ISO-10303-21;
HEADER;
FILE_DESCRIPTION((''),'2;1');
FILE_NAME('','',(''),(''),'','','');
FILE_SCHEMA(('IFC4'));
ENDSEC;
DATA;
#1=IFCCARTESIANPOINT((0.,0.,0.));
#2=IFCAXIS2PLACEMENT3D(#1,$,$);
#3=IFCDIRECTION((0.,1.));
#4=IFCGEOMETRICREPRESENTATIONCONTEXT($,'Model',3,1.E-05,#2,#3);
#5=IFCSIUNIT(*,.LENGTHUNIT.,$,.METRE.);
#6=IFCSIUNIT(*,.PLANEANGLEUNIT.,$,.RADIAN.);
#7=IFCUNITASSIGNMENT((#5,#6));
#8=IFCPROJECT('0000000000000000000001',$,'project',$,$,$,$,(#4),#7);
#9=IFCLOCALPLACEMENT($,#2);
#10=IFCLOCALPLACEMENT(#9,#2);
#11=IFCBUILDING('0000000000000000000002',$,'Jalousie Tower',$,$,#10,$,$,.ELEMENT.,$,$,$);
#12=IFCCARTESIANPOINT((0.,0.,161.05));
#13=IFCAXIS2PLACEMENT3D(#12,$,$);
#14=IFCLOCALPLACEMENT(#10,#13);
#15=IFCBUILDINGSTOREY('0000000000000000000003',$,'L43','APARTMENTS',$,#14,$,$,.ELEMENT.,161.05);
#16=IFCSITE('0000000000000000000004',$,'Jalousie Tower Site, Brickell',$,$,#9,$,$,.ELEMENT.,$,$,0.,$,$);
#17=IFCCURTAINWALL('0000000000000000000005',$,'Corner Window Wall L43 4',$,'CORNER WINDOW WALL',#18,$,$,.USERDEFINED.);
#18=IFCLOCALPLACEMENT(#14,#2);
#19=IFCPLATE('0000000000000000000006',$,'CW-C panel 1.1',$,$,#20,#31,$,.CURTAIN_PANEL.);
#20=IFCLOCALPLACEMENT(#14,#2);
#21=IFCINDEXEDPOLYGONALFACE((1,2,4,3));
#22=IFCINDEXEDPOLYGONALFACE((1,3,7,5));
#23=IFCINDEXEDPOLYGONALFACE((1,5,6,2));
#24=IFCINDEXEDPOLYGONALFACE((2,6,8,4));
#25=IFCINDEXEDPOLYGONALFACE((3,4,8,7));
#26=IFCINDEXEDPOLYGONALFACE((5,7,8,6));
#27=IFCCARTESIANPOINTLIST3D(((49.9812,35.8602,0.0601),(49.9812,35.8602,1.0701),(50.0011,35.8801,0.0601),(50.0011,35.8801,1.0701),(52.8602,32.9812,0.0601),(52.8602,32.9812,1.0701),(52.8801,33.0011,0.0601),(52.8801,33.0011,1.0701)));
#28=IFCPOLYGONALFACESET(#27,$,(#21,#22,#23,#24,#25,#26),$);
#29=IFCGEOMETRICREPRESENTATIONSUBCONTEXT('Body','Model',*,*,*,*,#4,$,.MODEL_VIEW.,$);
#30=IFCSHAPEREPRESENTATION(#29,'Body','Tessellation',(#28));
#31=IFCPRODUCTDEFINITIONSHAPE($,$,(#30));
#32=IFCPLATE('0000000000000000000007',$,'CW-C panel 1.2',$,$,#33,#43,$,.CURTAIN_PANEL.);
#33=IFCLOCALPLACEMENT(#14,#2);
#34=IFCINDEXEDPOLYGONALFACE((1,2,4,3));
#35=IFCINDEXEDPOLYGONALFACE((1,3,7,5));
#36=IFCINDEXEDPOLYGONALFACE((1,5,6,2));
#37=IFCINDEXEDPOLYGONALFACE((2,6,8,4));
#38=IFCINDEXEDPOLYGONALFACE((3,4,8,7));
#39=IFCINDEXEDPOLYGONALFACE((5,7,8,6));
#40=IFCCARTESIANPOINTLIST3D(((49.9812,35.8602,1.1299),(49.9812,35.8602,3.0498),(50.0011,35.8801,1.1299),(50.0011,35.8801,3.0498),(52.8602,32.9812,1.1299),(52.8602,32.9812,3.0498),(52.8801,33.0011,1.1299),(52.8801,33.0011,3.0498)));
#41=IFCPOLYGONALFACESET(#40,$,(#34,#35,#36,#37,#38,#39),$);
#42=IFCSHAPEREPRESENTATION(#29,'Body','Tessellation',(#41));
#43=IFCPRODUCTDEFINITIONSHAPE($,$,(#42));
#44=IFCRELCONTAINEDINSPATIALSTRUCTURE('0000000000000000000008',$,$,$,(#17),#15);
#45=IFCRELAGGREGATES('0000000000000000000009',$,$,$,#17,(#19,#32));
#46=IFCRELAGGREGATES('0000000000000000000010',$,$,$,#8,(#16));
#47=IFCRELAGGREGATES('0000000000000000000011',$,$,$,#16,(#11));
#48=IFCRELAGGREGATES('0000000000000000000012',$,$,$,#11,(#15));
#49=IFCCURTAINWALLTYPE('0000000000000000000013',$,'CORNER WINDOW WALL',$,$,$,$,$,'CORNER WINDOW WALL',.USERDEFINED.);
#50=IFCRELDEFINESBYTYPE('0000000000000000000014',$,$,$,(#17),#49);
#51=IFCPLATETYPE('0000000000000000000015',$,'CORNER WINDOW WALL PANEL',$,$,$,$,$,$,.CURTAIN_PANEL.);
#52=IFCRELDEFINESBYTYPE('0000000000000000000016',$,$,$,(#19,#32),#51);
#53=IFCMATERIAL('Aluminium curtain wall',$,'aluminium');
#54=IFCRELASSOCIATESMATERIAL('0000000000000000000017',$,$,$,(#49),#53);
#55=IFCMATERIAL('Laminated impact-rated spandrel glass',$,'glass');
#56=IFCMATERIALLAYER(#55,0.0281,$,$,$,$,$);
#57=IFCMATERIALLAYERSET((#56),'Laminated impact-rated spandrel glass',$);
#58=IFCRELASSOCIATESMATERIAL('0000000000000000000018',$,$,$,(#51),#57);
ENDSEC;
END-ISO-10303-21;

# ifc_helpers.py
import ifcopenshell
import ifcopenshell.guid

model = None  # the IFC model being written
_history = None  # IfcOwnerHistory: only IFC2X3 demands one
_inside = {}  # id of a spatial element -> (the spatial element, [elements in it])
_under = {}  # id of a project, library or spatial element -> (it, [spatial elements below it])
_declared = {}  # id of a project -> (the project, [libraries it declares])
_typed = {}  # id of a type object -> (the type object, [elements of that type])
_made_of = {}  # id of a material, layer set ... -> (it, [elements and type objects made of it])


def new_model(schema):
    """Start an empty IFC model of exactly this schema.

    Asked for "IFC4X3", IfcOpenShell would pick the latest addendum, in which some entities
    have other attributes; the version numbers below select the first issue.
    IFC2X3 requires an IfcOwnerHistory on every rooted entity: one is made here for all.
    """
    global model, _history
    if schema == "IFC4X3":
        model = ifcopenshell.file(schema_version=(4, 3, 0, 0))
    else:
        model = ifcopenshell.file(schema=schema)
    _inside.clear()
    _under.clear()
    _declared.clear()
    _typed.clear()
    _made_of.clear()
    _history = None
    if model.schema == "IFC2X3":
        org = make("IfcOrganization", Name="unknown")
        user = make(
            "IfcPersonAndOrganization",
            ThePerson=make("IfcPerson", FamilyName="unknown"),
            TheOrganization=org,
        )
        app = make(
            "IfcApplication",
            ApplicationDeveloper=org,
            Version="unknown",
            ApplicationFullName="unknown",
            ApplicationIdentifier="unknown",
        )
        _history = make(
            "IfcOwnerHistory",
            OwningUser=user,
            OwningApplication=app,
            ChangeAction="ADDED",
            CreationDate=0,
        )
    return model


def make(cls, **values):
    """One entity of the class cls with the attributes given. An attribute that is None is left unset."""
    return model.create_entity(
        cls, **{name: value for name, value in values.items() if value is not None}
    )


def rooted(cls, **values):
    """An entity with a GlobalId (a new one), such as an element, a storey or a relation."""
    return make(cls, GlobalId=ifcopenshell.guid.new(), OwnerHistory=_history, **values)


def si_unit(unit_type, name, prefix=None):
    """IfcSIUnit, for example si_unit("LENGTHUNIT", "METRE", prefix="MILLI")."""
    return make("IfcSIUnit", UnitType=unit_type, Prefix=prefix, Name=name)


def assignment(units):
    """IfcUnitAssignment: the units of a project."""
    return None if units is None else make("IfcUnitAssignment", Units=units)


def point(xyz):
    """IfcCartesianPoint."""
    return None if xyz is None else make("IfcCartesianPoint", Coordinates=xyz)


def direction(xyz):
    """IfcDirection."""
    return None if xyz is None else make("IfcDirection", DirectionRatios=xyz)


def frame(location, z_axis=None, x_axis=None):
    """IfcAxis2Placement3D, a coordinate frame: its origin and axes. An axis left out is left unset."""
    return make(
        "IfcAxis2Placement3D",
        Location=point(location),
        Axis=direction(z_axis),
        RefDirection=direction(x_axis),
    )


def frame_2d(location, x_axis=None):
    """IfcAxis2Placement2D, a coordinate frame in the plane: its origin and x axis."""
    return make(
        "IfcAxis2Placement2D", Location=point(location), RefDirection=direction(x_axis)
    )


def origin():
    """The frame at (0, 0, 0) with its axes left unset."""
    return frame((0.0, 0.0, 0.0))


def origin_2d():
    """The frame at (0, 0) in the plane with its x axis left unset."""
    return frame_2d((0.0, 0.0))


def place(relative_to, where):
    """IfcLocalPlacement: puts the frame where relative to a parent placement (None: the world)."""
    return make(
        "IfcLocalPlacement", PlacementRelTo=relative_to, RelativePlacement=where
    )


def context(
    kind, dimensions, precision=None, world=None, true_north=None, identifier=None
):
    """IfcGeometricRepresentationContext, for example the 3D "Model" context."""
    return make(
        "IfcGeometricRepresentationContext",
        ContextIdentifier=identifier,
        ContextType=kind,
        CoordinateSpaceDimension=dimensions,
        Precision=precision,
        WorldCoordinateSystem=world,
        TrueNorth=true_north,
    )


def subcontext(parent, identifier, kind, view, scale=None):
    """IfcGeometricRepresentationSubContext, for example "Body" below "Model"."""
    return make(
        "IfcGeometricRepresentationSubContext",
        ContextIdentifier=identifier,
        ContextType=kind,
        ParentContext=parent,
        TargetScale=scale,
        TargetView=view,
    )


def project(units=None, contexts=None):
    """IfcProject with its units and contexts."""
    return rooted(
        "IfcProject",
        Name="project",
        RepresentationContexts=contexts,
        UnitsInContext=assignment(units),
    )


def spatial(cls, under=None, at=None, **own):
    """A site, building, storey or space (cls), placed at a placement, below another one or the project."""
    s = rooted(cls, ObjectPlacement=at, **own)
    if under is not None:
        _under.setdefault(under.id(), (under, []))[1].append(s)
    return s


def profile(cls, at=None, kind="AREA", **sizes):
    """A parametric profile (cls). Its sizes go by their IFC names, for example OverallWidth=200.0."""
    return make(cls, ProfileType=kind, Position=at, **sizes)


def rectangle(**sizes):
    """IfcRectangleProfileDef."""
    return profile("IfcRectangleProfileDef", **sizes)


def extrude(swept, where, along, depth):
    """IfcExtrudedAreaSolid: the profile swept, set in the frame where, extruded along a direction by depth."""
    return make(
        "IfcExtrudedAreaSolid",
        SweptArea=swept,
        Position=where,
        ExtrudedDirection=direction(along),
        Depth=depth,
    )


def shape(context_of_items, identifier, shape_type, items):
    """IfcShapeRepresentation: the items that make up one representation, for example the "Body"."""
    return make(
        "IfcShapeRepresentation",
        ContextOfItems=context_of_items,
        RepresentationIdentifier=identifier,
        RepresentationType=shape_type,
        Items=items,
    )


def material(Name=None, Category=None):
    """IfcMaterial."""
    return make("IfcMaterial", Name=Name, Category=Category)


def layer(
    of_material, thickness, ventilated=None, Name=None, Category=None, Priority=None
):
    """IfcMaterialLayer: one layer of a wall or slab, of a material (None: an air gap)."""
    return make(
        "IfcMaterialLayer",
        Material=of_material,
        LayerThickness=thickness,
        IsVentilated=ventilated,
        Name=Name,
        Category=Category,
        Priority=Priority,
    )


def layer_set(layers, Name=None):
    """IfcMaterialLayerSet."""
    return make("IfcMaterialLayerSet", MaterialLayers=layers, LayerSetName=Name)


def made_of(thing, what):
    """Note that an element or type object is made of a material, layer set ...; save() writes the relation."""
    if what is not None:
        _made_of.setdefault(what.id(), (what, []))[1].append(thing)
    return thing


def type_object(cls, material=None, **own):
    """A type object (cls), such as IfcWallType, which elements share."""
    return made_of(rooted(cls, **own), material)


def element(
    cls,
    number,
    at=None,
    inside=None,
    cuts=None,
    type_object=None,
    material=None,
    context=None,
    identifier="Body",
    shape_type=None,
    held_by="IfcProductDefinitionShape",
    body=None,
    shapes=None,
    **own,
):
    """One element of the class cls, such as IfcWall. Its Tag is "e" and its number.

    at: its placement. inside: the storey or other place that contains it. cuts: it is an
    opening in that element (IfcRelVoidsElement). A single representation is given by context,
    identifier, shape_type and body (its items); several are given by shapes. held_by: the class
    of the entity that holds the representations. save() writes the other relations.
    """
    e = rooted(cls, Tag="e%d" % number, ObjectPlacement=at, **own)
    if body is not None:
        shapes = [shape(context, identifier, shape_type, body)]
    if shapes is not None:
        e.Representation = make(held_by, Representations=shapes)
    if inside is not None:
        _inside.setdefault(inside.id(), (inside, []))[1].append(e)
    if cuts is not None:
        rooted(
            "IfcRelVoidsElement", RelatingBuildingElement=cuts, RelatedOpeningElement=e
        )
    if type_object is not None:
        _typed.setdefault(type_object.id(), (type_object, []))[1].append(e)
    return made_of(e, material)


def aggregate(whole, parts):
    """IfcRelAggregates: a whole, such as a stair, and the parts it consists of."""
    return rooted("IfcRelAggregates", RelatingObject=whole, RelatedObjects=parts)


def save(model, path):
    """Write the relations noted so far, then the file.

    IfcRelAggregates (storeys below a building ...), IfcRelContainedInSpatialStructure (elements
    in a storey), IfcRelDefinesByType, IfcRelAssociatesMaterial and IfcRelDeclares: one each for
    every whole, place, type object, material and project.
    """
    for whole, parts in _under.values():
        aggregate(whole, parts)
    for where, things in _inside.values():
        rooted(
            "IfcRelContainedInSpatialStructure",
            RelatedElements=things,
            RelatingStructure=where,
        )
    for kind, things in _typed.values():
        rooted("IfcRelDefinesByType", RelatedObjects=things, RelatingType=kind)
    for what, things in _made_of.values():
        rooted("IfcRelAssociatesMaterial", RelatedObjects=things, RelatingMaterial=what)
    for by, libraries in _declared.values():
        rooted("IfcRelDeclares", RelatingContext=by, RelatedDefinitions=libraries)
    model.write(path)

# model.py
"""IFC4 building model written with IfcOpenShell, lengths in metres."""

from ifc_helpers import new_model, si_unit, direction, frame, origin, origin_2d, place, context, subcontext, project, spatial, rectangle, extrude, material, layer, layer_set, type_object, element, aggregate, save


model = new_model("IFC4")

# Units and contexts
model_context = context("Model", 3, precision=1e-05, world=origin(), true_north=direction((0.0, 1.0)))
body_context = subcontext(model_context, "Body", "Model", "MODEL_VIEW")
ifc_project = project(units=[si_unit("LENGTHUNIT", "METRE"), si_unit("PLANEANGLEUNIT", "RADIAN")], contexts=[model_context])

# Site, building, storey
site_placement = place(None, origin())
site = spatial("IfcSite", under=ifc_project, at=site_placement, Name="Jalousie Tower Site, Brickell", CompositionType="ELEMENT", RefElevation=0.0)
building_placement = place(site_placement, origin())
building = spatial("IfcBuilding", under=site, at=building_placement, Name="Jalousie Tower", CompositionType="ELEMENT")
storey_placement = place(building_placement, frame((0.0, 0.0, 161.05)))
storey = spatial("IfcBuildingStorey", under=building, at=storey_placement, Name="L43", Description="APARTMENTS", CompositionType="ELEMENT", Elevation=161.05)

# Curtain wall
ifc_material_1 = material(Name="Aluminium curtain wall", Category="aluminium")
curtain_wall_type_1 = type_object("IfcCurtainWallType", Name="CORNER WINDOW WALL", ElementType="CORNER WINDOW WALL", PredefinedType="USERDEFINED", material=ifc_material_1)
curtain_wall_1_placement = place(storey_placement, origin())
curtain_wall_1 = element("IfcCurtainWall", 1, at=curtain_wall_1_placement, inside=storey, type_object=curtain_wall_type_1, Name="Corner Window Wall L43 4", ObjectType="CORNER WINDOW WALL", PredefinedType="USERDEFINED")

# Plates
ifc_material_2 = material(Name="Laminated impact-rated spandrel glass", Category="glass")
ifc_layer = layer(ifc_material_2, 0.0281)
ifc_layer_set = layer_set([ifc_layer], Name="Laminated impact-rated spandrel glass")
plate_type = type_object("IfcPlateType", Name="CORNER WINDOW WALL PANEL", PredefinedType="CURTAIN_PANEL", material=ifc_layer_set)
plate_1_placement = place(storey_placement, frame((51.4307, 34.4307, 0.0601), z_axis=(0.0, 0.0, 1.0), x_axis=(-0.707107, 0.707107, 0.0)))
plate_1 = element("IfcPlate", 2, at=plate_1_placement, type_object=plate_type, Name="CW-C panel 1.1", PredefinedType="CURTAIN_PANEL", context=body_context, shape_type="SweptSolid", body=[
    extrude(rectangle(XDim=4.0715, YDim=0.0281, at=origin_2d()), origin(), (0.0, 0.0, 1.0), 1.01),
])
plate_2_placement = place(storey_placement, frame((51.4307, 34.4307, 1.1299), z_axis=(0.0, 0.0, 1.0), x_axis=(-0.707107, 0.707107, 0.0)))
plate_2 = element("IfcPlate", 3, at=plate_2_placement, type_object=plate_type, Name="CW-C panel 1.2", PredefinedType="CURTAIN_PANEL", context=body_context, shape_type="SweptSolid", body=[
    extrude(rectangle(XDim=4.0715, YDim=0.0281, at=origin_2d()), origin(), (0.0, 0.0, 1.0), 1.9199),
])
aggregate(curtain_wall_1, [plate_1, plate_2])

save(model, "model.ifc")
